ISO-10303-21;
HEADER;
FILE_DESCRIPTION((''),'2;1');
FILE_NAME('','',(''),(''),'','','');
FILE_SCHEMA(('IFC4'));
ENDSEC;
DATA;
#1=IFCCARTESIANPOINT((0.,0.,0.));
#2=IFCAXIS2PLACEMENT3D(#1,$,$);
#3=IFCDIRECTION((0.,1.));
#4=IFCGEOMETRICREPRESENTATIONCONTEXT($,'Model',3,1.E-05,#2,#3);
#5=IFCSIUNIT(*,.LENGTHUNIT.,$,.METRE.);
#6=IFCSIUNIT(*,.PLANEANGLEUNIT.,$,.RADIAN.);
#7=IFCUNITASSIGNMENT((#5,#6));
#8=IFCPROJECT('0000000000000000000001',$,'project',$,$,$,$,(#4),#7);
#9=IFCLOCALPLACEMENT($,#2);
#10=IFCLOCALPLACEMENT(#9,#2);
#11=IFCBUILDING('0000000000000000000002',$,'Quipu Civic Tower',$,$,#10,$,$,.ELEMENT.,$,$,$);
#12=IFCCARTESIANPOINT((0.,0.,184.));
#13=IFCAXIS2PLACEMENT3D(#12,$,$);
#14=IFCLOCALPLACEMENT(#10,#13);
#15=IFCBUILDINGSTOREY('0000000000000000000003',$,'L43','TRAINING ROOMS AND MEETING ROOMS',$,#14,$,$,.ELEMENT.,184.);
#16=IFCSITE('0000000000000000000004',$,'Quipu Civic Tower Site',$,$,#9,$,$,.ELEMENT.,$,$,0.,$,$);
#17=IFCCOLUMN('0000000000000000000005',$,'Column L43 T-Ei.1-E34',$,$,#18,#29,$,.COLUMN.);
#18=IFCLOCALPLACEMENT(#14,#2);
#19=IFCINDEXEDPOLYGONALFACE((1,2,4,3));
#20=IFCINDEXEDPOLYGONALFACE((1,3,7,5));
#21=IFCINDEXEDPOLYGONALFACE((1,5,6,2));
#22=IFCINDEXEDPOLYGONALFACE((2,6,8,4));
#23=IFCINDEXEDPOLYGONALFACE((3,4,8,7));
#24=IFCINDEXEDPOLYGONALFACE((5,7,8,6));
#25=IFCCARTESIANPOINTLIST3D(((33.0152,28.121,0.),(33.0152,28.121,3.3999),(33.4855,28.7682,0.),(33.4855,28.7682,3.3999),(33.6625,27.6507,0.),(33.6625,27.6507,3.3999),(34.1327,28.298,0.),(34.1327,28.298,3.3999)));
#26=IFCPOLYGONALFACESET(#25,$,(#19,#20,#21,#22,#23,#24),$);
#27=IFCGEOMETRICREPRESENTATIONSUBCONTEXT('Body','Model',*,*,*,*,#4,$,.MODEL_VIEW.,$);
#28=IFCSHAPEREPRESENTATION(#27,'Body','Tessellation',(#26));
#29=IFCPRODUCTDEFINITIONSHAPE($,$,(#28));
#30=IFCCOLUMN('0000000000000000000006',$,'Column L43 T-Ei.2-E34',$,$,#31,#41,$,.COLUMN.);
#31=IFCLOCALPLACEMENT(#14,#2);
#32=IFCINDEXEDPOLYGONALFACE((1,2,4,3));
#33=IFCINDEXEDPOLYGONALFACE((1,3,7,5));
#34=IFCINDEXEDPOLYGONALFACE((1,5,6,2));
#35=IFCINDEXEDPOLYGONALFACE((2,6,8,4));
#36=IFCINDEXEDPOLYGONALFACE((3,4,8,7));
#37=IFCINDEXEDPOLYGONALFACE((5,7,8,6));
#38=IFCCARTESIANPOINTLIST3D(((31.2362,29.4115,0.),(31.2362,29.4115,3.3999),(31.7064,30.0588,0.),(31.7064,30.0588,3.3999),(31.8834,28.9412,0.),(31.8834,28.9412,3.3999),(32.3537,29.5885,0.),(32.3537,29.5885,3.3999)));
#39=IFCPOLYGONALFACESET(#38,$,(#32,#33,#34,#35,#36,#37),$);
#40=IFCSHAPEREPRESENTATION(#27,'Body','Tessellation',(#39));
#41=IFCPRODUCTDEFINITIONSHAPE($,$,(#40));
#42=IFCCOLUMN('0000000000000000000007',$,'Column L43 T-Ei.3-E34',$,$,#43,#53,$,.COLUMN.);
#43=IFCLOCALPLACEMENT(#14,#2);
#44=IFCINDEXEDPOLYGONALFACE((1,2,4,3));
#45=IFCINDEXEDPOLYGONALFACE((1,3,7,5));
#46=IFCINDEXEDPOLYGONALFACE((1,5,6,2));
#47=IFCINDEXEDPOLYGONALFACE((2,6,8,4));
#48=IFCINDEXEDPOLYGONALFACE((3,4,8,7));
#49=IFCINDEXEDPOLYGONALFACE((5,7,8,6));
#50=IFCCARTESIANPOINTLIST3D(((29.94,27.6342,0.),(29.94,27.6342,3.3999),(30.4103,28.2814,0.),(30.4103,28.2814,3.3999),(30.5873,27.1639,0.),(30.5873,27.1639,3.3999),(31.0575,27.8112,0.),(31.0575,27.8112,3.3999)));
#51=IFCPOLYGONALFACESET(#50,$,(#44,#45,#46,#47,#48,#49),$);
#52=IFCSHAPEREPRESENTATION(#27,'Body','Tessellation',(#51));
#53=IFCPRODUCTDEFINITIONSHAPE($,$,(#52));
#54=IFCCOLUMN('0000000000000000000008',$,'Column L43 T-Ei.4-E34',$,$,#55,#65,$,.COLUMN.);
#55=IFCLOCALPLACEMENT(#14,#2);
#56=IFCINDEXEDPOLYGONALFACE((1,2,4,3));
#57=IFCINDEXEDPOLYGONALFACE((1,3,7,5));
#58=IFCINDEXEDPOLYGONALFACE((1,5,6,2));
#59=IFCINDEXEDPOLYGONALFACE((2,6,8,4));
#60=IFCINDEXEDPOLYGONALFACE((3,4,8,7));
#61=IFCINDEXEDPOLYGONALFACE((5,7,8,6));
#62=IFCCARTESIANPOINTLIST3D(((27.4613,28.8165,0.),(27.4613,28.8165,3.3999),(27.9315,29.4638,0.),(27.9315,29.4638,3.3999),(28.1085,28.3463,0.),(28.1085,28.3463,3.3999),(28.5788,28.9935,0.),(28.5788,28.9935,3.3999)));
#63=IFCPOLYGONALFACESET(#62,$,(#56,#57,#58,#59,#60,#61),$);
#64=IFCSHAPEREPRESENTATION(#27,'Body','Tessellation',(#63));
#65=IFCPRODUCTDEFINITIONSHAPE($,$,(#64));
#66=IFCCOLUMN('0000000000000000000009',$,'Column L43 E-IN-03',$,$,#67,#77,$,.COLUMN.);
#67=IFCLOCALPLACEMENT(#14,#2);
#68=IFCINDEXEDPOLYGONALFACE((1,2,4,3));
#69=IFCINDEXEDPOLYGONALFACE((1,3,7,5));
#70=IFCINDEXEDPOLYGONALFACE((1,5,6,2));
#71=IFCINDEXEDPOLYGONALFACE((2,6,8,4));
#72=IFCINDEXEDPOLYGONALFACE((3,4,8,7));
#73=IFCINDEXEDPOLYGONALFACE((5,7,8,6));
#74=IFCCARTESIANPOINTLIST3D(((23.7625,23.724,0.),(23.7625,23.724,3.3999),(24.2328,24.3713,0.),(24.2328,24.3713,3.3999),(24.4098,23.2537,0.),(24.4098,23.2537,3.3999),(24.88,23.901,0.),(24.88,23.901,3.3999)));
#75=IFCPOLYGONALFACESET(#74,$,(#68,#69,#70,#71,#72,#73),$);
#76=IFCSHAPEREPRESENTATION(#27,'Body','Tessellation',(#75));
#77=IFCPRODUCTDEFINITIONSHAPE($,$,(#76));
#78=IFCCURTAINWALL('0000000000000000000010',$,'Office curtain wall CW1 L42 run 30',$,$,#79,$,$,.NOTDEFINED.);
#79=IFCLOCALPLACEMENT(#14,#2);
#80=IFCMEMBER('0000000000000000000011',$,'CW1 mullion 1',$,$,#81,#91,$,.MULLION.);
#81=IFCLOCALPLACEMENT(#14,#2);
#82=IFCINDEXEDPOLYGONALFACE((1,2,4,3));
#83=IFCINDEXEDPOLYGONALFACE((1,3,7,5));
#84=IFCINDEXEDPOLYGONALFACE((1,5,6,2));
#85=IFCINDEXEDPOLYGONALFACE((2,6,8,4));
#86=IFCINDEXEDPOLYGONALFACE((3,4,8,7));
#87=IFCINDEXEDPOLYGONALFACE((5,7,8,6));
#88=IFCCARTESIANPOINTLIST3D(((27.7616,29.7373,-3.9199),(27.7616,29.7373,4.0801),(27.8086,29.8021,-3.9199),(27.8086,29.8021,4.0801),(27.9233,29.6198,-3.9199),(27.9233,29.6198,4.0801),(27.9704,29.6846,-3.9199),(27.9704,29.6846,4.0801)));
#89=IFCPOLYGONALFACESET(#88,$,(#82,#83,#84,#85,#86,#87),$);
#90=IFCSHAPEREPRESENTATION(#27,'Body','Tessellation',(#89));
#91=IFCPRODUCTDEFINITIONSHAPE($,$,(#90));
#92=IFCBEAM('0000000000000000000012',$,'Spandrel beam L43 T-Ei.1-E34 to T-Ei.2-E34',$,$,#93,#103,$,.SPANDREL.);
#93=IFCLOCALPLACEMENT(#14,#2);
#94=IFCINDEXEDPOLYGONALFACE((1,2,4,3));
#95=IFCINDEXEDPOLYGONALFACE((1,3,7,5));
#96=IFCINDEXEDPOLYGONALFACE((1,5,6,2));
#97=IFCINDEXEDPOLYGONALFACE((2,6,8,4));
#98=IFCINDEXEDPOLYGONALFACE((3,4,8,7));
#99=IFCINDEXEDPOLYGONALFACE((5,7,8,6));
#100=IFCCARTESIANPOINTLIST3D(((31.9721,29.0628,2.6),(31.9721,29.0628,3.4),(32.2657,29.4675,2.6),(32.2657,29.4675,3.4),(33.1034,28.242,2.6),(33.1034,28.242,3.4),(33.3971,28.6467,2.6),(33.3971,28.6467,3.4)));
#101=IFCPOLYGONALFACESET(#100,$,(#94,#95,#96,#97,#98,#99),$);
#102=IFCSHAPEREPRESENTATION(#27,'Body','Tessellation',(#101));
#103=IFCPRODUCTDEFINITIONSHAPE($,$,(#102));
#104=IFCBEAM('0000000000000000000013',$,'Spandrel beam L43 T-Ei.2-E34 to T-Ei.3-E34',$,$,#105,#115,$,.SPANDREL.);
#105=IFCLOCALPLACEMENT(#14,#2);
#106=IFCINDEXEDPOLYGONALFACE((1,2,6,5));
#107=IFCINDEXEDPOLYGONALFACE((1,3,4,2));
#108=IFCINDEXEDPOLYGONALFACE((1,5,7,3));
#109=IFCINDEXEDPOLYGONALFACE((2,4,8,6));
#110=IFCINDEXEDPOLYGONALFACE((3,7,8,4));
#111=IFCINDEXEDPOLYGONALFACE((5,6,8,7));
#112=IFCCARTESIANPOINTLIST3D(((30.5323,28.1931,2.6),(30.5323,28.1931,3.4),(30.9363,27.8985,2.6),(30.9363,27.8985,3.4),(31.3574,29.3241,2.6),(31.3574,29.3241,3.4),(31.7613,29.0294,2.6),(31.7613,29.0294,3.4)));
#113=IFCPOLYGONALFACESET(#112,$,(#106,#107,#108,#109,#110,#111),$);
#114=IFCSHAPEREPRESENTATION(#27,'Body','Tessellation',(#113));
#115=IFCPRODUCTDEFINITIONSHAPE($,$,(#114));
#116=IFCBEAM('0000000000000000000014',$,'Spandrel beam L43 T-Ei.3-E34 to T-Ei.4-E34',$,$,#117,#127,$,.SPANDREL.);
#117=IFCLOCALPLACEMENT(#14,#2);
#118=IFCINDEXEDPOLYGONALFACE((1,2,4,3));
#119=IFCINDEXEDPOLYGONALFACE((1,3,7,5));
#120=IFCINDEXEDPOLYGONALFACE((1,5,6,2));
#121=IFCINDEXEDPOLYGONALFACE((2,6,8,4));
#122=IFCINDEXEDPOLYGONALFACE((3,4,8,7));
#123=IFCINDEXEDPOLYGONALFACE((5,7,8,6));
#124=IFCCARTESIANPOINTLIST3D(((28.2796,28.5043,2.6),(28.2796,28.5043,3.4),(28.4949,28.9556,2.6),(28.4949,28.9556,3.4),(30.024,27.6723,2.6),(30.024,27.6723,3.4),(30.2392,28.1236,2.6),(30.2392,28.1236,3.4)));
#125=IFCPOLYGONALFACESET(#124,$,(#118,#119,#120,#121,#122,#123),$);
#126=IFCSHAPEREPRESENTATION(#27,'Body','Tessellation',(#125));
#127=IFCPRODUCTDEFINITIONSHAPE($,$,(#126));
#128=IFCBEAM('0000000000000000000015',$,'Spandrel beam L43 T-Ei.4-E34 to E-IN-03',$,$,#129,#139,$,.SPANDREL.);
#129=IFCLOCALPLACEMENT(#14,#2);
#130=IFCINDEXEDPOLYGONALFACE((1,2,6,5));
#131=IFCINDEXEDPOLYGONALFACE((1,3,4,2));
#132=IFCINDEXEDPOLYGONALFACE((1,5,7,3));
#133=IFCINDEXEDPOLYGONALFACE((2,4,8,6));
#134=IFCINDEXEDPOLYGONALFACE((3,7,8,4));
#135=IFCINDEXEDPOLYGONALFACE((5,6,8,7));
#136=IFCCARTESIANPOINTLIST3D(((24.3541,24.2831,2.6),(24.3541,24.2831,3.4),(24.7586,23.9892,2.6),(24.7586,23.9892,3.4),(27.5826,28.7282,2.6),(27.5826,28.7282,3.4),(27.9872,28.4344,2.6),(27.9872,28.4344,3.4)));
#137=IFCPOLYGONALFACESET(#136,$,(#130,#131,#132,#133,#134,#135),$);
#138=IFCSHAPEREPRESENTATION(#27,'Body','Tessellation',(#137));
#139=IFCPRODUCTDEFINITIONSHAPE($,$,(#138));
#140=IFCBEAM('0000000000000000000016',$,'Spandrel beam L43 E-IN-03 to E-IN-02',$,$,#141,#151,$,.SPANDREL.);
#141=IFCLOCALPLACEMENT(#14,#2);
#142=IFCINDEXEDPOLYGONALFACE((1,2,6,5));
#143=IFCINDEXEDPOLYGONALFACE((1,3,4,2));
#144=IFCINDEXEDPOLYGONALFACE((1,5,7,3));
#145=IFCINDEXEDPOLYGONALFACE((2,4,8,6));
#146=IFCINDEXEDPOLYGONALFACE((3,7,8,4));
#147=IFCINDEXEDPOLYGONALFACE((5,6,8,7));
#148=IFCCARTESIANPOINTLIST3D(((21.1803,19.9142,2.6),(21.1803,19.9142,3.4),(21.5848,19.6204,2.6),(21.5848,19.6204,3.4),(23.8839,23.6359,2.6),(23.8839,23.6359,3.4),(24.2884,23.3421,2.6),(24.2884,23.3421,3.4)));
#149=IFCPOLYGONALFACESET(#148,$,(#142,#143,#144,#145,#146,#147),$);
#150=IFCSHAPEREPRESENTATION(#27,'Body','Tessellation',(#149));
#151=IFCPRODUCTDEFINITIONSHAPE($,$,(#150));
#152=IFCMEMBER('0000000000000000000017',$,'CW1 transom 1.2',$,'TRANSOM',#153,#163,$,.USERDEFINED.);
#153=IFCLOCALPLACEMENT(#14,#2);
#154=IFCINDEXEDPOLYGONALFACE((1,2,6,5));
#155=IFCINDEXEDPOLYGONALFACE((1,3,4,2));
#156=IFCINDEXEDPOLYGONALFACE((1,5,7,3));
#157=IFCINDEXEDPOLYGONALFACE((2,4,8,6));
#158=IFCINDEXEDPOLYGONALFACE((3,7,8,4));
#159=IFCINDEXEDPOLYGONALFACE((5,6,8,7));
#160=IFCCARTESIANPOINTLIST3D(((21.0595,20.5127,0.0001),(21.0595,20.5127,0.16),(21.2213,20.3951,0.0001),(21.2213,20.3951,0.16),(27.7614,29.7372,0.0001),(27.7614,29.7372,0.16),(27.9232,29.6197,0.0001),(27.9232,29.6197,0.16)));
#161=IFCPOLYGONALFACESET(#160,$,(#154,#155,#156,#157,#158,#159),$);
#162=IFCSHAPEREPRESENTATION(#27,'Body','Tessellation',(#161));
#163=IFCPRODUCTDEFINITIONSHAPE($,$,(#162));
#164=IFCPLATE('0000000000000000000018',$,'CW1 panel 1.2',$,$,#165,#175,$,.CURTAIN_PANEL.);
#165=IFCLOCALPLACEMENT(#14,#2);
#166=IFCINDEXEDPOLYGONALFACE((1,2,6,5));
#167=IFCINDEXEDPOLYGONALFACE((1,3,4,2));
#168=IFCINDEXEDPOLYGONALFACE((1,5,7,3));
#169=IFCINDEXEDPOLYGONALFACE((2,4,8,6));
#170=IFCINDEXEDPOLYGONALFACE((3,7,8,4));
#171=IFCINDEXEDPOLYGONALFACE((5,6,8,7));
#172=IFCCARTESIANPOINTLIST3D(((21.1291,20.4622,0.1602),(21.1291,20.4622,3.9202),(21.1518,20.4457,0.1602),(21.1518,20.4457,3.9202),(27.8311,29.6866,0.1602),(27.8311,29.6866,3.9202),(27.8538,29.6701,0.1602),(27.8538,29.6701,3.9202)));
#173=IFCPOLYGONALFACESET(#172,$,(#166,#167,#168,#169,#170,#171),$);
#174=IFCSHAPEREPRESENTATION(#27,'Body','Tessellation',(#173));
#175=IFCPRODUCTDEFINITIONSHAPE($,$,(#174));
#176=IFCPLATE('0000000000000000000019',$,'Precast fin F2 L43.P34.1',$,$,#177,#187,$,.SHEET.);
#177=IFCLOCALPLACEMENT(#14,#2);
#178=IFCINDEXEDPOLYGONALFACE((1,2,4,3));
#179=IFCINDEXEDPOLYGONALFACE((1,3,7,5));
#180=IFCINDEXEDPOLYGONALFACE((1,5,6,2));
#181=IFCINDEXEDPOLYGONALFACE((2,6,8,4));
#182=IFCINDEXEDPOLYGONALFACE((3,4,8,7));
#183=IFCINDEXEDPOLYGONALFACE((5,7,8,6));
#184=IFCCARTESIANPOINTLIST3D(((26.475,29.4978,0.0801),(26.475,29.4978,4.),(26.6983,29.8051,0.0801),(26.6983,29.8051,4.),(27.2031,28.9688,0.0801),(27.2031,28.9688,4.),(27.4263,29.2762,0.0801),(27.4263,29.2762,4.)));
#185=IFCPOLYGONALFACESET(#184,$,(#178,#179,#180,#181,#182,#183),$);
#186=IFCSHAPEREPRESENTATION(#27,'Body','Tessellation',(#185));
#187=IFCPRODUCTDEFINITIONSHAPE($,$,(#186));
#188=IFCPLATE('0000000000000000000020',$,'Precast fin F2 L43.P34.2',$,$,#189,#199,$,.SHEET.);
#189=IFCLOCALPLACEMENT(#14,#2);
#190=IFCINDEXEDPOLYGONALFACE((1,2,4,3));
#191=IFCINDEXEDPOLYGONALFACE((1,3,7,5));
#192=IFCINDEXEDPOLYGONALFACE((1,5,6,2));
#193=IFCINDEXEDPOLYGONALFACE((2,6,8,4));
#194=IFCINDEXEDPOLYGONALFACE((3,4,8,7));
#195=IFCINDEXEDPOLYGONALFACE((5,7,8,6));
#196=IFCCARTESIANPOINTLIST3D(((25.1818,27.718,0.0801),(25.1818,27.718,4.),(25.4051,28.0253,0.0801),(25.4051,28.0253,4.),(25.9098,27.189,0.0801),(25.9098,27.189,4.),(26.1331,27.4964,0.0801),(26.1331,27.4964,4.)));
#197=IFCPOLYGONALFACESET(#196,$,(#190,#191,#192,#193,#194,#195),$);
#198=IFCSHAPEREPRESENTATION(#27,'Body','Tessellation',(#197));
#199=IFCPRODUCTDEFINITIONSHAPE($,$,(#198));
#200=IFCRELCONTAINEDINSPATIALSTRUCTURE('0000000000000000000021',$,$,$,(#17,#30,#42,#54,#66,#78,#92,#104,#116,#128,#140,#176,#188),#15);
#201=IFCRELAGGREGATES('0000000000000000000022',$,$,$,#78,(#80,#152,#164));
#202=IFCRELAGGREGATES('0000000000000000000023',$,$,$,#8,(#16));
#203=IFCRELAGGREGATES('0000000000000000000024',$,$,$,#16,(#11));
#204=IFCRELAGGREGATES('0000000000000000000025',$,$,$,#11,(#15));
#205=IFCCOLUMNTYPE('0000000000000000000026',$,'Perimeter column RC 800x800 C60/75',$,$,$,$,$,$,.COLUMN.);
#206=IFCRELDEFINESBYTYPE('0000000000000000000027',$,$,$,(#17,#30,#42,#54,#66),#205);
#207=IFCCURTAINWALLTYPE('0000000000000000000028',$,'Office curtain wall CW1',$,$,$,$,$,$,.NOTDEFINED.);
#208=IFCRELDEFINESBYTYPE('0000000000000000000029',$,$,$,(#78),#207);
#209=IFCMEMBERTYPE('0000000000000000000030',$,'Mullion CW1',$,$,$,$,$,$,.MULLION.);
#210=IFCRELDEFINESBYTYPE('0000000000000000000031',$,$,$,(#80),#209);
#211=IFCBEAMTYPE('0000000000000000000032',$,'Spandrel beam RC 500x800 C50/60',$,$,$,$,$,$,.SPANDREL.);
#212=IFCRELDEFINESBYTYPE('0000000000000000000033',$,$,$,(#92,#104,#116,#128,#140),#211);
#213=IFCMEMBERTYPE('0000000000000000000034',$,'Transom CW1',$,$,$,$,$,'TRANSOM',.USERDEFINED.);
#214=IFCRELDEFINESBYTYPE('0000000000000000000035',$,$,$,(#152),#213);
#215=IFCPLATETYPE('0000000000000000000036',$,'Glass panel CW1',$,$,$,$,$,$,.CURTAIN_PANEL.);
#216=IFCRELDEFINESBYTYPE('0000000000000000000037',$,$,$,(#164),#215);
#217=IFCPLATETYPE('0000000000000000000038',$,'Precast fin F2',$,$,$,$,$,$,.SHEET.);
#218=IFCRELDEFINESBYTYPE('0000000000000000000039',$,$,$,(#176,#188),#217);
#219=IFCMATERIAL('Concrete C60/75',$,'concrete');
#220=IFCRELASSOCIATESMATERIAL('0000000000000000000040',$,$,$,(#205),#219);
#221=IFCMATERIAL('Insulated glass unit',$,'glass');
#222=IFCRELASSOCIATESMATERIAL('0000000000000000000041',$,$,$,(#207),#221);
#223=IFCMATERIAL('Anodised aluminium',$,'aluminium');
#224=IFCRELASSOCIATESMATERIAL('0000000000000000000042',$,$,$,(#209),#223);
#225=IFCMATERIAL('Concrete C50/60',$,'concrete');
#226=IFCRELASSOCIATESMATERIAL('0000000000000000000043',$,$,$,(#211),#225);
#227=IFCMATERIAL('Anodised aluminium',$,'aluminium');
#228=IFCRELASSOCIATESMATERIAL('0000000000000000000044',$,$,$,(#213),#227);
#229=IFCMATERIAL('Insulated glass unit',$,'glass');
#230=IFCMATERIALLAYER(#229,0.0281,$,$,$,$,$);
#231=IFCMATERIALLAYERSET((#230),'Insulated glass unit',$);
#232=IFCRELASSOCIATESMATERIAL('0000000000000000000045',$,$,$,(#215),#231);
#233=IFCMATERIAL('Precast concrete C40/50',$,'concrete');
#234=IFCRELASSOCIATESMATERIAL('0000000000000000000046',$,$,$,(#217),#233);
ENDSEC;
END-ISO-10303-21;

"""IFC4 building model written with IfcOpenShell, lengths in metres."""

from ifc_helpers import new_model, si_unit, direction, frame, origin, origin_2d, place, context, subcontext, project, spatial, rectangle, extrude, material, layer, layer_set, material_profile, profile_set, type_object, element, aggregate, save


model = new_model("IFC4")

# Units and contexts
model_context = context("Model", 3, precision=1e-05, world=origin(), true_north=direction((0.0, 1.0)))
body_context = subcontext(model_context, "Body", "Model", "MODEL_VIEW")
ifc_project = project(units=[si_unit("LENGTHUNIT", "METRE"), si_unit("PLANEANGLEUNIT", "RADIAN")], contexts=[model_context])

# Site, building, storey
site_placement = place(None, origin())
site = spatial("IfcSite", under=ifc_project, at=site_placement, Name="Quipu Civic Tower Site", CompositionType="ELEMENT", RefElevation=0.0)
building_placement = place(site_placement, origin())
building = spatial("IfcBuilding", under=site, at=building_placement, Name="Quipu Civic Tower", CompositionType="ELEMENT")
storey_placement = place(building_placement, frame((0.0, 0.0, 184.0)))
storey = spatial("IfcBuildingStorey", under=building, at=storey_placement, Name="L43", Description="TRAINING ROOMS AND MEETING ROOMS", CompositionType="ELEMENT", Elevation=184.0)

# Columns
ifc_material_1 = material(Name="Concrete C60/75", Category="concrete")
ifc_material_profile_1 = material_profile(ifc_material_1, rectangle(XDim=0.8, YDim=0.8, at=origin_2d()), Name="RC800x800")
ifc_profile_set_1 = profile_set([ifc_material_profile_1], Name="Concrete C60/75")
column_type = type_object("IfcColumnType", Name="Perimeter column RC 800x800 C60/75", PredefinedType="COLUMN", material=ifc_profile_set_1)
for number, where, z_axis, x_axis, name in (
    (1, (33.574, 28.2095, 0.0), (0.0, 0.0, 1.0), (-0.809017, 0.587785, 0.0), "Column L43 T-Ei.1-E34"),
    (2, (31.7949, 29.5, 0.0), (0.0, 0.0, 1.0), (-0.587785, -0.809017, 0.0), "Column L43 T-Ei.2-E34"),
    (3, (30.4988, 27.7227, 0.0), (0.0, 0.0, 1.0), (-0.809017, 0.587785, 0.0), "Column L43 T-Ei.3-E34"),
    (4, (28.02, 28.905, 0.0), (0.0, 0.0, 1.0), (-0.809017, 0.587785, 0.0), "Column L43 T-Ei.4-E34"),
    (5, (24.3213, 23.8125, 0.0), (0.0, 0.0, 1.0), (-0.587785, -0.809017, 0.0), "Column L43 E-IN-03"),
):
    element("IfcColumn", number, at=place(storey_placement, frame(where, z_axis=z_axis, x_axis=x_axis)), inside=storey, type_object=column_type, Name=name, PredefinedType="COLUMN", context=body_context, shape_type="SweptSolid", body=[
        extrude(rectangle(XDim=0.8, YDim=0.8, at=origin_2d()), origin(), (0.0, 0.0, 1.0), 3.3999),
    ])

# Curtain wall, member
ifc_material_2 = material(Name="Insulated glass unit", Category="glass")
curtain_wall_type = type_object("IfcCurtainWallType", Name="Office curtain wall CW1", PredefinedType="NOTDEFINED", material=ifc_material_2)
curtain_wall_placement = place(storey_placement, origin())
curtain_wall = element("IfcCurtainWall", 6, at=curtain_wall_placement, inside=storey, type_object=curtain_wall_type, Name="Office curtain wall CW1 L42 run 30", PredefinedType="NOTDEFINED")
ifc_material_3 = material(Name="Anodised aluminium", Category="aluminium")
ifc_material_profile_2 = material_profile(ifc_material_3, rectangle(XDim=0.2, YDim=0.0801, at=origin_2d()), Name="RECT 200x80")
ifc_profile_set_2 = profile_set([ifc_material_profile_2], Name="Anodised aluminium")
member_type_1 = type_object("IfcMemberType", Name="Mullion CW1", PredefinedType="MULLION", material=ifc_profile_set_2)
member_1_placement = place(storey_placement, frame((27.866, 29.7109, -3.9199), z_axis=(0.0, 0.0, 1.0), x_axis=(0.809014, -0.587789, 0.0)))
member_1 = element("IfcMember", 7, at=member_1_placement, type_object=member_type_1, Name="CW1 mullion 1", PredefinedType="MULLION", context=body_context, shape_type="SweptSolid", body=[
    extrude(rectangle(XDim=0.2, YDim=0.0801, at=origin_2d()), origin(), (0.0, 0.0, 1.0), 8.0),
])

# Beams
ifc_material_4 = material(Name="Concrete C50/60", Category="concrete")
ifc_material_profile_3 = material_profile(ifc_material_4, rectangle(XDim=0.5, YDim=0.8, at=origin_2d()), Name="RC500x800")
ifc_profile_set_3 = profile_set([ifc_material_profile_3], Name="Concrete C50/60")
beam_type = type_object("IfcBeamType", Name="Spandrel beam RC 500x800 C50/60", PredefinedType="SPANDREL", material=ifc_profile_set_3)
beam_1_placement = place(storey_placement, frame((33.2502, 28.4443, 3.0), z_axis=(-0.809415, 0.587237, 0.0), x_axis=(-0.587237, -0.809415, 0.0)))
element("IfcBeam", 8, at=beam_1_placement, inside=storey, type_object=beam_type, Name="Spandrel beam L43 T-Ei.1-E34 to T-Ei.2-E34", PredefinedType="SPANDREL", context=body_context, shape_type="SweptSolid", body=[
    extrude(rectangle(XDim=0.5, YDim=0.8, at=origin_2d()), origin(), (0.0, 0.0, 1.0), 1.3977),
])
beam_2_placement = place(storey_placement, frame((31.5593, 29.1768, 3.0), z_axis=(-0.589343, -0.807883, 0.0), x_axis=(0.807883, -0.589343, 0.0)))
element("IfcBeam", 9, at=beam_2_placement, inside=storey, type_object=beam_type, Name="Spandrel beam L43 T-Ei.2-E34 to T-Ei.3-E34", PredefinedType="SPANDREL", context=body_context, shape_type="SweptSolid", body=[
    extrude(rectangle(XDim=0.5, YDim=0.8, at=origin_2d()), origin(), (0.0, 0.0, 1.0), 1.3999),
])
beam_3_placement = place(storey_placement, frame((30.1316, 27.8979, 3.0), z_axis=(-0.902585, 0.430512, 0.0), x_axis=(-0.430512, -0.902585, 0.0)))
element("IfcBeam", 10, at=beam_3_placement, inside=storey, type_object=beam_type, Name="Spandrel beam L43 T-Ei.3-E34 to T-Ei.4-E34", PredefinedType="SPANDREL", context=body_context, shape_type="SweptSolid", body=[
    extrude(rectangle(XDim=0.5, YDim=0.8, at=origin_2d()), origin(), (0.0, 0.0, 1.0), 1.9326),
])
beam_4_placement = place(storey_placement, frame((27.7849, 28.5813, 3.0), z_axis=(-0.587664, -0.809105, 0.0), x_axis=(0.809105, -0.587664, 0.0)))
element("IfcBeam", 11, at=beam_4_placement, inside=storey, type_object=beam_type, Name="Spandrel beam L43 T-Ei.4-E34 to E-IN-03", PredefinedType="SPANDREL", context=body_context, shape_type="SweptSolid", body=[
    extrude(rectangle(XDim=0.5, YDim=0.8, at=origin_2d()), origin(), (0.0, 0.0, 1.0), 5.4939),
])
beam_5_placement = place(storey_placement, frame((24.0862, 23.489, 3.0), z_axis=(-0.587736, -0.809053, 0.0), x_axis=(0.809053, -0.587736, 0.0)))
element("IfcBeam", 12, at=beam_5_placement, inside=storey, type_object=beam_type, Name="Spandrel beam L43 E-IN-03 to E-IN-02", PredefinedType="SPANDREL", context=body_context, shape_type="SweptSolid", body=[
    extrude(rectangle(XDim=0.5, YDim=0.8, at=origin_2d()), origin(), (0.0, 0.0, 1.0), 4.6001),
])

# Member
ifc_material_5 = material(Name="Anodised aluminium", Category="aluminium")
ifc_material_profile_4 = material_profile(ifc_material_5, rectangle(XDim=0.2, YDim=0.1599, at=origin_2d()), Name="RECT 200x160")
ifc_profile_set_4 = profile_set([ifc_material_profile_4], Name="Anodised aluminium")
member_type_2 = type_object("IfcMemberType", Name="Transom CW1", ElementType="TRANSOM", PredefinedType="USERDEFINED", material=ifc_profile_set_4)
member_2_placement = place(storey_placement, frame((27.8423, 29.6785, 0.0801), z_axis=(-0.587776, -0.809024, 0.0), x_axis=(0.809024, -0.587776, 0.0)))
member_2 = element("IfcMember", 13, at=member_2_placement, type_object=member_type_2, Name="CW1 transom 1.2", ObjectType="TRANSOM", PredefinedType="USERDEFINED", context=body_context, shape_type="SweptSolid", body=[
    extrude(rectangle(XDim=0.2, YDim=0.1599, at=origin_2d()), origin(), (0.0, 0.0, 1.0), 11.4021),
])

# Plate
ifc_material_6 = material(Name="Insulated glass unit", Category="glass")
ifc_layer_1 = layer(ifc_material_6, 0.0281)
ifc_layer_set_1 = layer_set([ifc_layer_1], Name="Insulated glass unit")
plate_type_1 = type_object("IfcPlateType", Name="Glass panel CW1", PredefinedType="CURTAIN_PANEL", material=ifc_layer_set_1)
plate_placement = place(storey_placement, frame((24.4915, 25.0662, 0.1602), z_axis=(0.0, 0.0, 1.0), x_axis=(-0.587789, -0.809014, 0.0)))
plate = element("IfcPlate", 14, at=plate_placement, type_object=plate_type_1, Name="CW1 panel 1.2", PredefinedType="CURTAIN_PANEL", context=body_context, shape_type="SweptSolid", body=[
    extrude(rectangle(XDim=11.4021, YDim=0.0281, at=origin_2d()), origin(), (0.0, 0.0, 1.0), 3.76),
])
aggregate(curtain_wall, [member_1, member_2, plate])

# Plates
ifc_material_7 = material(Name="Precast concrete C40/50", Category="concrete")
plate_type_2 = type_object("IfcPlateType", Name="Precast fin F2", PredefinedType="SHEET", material=ifc_material_7)
for number, where, z_axis, x_axis, name in (
    (15, (26.9507, 29.387, 0.0801), (0.0, 0.0, 1.0), (-0.587787, -0.809016, 0.0), "Precast fin F2 L43.P34.1"),
    (16, (25.6575, 27.6072, 0.0801), (0.0, 0.0, 1.0), (-0.587787, -0.809016, 0.0), "Precast fin F2 L43.P34.2"),
):
    element("IfcPlate", number, at=place(storey_placement, frame(where, z_axis=z_axis, x_axis=x_axis)), inside=storey, type_object=plate_type_2, Name=name, PredefinedType="SHEET", context=body_context, shape_type="SweptSolid", body=[
        extrude(rectangle(XDim=0.3799, YDim=0.8999, at=origin_2d()), origin(), (0.0, 0.0, 1.0), 3.9199),
    ])

save(model, "model.ifc")
